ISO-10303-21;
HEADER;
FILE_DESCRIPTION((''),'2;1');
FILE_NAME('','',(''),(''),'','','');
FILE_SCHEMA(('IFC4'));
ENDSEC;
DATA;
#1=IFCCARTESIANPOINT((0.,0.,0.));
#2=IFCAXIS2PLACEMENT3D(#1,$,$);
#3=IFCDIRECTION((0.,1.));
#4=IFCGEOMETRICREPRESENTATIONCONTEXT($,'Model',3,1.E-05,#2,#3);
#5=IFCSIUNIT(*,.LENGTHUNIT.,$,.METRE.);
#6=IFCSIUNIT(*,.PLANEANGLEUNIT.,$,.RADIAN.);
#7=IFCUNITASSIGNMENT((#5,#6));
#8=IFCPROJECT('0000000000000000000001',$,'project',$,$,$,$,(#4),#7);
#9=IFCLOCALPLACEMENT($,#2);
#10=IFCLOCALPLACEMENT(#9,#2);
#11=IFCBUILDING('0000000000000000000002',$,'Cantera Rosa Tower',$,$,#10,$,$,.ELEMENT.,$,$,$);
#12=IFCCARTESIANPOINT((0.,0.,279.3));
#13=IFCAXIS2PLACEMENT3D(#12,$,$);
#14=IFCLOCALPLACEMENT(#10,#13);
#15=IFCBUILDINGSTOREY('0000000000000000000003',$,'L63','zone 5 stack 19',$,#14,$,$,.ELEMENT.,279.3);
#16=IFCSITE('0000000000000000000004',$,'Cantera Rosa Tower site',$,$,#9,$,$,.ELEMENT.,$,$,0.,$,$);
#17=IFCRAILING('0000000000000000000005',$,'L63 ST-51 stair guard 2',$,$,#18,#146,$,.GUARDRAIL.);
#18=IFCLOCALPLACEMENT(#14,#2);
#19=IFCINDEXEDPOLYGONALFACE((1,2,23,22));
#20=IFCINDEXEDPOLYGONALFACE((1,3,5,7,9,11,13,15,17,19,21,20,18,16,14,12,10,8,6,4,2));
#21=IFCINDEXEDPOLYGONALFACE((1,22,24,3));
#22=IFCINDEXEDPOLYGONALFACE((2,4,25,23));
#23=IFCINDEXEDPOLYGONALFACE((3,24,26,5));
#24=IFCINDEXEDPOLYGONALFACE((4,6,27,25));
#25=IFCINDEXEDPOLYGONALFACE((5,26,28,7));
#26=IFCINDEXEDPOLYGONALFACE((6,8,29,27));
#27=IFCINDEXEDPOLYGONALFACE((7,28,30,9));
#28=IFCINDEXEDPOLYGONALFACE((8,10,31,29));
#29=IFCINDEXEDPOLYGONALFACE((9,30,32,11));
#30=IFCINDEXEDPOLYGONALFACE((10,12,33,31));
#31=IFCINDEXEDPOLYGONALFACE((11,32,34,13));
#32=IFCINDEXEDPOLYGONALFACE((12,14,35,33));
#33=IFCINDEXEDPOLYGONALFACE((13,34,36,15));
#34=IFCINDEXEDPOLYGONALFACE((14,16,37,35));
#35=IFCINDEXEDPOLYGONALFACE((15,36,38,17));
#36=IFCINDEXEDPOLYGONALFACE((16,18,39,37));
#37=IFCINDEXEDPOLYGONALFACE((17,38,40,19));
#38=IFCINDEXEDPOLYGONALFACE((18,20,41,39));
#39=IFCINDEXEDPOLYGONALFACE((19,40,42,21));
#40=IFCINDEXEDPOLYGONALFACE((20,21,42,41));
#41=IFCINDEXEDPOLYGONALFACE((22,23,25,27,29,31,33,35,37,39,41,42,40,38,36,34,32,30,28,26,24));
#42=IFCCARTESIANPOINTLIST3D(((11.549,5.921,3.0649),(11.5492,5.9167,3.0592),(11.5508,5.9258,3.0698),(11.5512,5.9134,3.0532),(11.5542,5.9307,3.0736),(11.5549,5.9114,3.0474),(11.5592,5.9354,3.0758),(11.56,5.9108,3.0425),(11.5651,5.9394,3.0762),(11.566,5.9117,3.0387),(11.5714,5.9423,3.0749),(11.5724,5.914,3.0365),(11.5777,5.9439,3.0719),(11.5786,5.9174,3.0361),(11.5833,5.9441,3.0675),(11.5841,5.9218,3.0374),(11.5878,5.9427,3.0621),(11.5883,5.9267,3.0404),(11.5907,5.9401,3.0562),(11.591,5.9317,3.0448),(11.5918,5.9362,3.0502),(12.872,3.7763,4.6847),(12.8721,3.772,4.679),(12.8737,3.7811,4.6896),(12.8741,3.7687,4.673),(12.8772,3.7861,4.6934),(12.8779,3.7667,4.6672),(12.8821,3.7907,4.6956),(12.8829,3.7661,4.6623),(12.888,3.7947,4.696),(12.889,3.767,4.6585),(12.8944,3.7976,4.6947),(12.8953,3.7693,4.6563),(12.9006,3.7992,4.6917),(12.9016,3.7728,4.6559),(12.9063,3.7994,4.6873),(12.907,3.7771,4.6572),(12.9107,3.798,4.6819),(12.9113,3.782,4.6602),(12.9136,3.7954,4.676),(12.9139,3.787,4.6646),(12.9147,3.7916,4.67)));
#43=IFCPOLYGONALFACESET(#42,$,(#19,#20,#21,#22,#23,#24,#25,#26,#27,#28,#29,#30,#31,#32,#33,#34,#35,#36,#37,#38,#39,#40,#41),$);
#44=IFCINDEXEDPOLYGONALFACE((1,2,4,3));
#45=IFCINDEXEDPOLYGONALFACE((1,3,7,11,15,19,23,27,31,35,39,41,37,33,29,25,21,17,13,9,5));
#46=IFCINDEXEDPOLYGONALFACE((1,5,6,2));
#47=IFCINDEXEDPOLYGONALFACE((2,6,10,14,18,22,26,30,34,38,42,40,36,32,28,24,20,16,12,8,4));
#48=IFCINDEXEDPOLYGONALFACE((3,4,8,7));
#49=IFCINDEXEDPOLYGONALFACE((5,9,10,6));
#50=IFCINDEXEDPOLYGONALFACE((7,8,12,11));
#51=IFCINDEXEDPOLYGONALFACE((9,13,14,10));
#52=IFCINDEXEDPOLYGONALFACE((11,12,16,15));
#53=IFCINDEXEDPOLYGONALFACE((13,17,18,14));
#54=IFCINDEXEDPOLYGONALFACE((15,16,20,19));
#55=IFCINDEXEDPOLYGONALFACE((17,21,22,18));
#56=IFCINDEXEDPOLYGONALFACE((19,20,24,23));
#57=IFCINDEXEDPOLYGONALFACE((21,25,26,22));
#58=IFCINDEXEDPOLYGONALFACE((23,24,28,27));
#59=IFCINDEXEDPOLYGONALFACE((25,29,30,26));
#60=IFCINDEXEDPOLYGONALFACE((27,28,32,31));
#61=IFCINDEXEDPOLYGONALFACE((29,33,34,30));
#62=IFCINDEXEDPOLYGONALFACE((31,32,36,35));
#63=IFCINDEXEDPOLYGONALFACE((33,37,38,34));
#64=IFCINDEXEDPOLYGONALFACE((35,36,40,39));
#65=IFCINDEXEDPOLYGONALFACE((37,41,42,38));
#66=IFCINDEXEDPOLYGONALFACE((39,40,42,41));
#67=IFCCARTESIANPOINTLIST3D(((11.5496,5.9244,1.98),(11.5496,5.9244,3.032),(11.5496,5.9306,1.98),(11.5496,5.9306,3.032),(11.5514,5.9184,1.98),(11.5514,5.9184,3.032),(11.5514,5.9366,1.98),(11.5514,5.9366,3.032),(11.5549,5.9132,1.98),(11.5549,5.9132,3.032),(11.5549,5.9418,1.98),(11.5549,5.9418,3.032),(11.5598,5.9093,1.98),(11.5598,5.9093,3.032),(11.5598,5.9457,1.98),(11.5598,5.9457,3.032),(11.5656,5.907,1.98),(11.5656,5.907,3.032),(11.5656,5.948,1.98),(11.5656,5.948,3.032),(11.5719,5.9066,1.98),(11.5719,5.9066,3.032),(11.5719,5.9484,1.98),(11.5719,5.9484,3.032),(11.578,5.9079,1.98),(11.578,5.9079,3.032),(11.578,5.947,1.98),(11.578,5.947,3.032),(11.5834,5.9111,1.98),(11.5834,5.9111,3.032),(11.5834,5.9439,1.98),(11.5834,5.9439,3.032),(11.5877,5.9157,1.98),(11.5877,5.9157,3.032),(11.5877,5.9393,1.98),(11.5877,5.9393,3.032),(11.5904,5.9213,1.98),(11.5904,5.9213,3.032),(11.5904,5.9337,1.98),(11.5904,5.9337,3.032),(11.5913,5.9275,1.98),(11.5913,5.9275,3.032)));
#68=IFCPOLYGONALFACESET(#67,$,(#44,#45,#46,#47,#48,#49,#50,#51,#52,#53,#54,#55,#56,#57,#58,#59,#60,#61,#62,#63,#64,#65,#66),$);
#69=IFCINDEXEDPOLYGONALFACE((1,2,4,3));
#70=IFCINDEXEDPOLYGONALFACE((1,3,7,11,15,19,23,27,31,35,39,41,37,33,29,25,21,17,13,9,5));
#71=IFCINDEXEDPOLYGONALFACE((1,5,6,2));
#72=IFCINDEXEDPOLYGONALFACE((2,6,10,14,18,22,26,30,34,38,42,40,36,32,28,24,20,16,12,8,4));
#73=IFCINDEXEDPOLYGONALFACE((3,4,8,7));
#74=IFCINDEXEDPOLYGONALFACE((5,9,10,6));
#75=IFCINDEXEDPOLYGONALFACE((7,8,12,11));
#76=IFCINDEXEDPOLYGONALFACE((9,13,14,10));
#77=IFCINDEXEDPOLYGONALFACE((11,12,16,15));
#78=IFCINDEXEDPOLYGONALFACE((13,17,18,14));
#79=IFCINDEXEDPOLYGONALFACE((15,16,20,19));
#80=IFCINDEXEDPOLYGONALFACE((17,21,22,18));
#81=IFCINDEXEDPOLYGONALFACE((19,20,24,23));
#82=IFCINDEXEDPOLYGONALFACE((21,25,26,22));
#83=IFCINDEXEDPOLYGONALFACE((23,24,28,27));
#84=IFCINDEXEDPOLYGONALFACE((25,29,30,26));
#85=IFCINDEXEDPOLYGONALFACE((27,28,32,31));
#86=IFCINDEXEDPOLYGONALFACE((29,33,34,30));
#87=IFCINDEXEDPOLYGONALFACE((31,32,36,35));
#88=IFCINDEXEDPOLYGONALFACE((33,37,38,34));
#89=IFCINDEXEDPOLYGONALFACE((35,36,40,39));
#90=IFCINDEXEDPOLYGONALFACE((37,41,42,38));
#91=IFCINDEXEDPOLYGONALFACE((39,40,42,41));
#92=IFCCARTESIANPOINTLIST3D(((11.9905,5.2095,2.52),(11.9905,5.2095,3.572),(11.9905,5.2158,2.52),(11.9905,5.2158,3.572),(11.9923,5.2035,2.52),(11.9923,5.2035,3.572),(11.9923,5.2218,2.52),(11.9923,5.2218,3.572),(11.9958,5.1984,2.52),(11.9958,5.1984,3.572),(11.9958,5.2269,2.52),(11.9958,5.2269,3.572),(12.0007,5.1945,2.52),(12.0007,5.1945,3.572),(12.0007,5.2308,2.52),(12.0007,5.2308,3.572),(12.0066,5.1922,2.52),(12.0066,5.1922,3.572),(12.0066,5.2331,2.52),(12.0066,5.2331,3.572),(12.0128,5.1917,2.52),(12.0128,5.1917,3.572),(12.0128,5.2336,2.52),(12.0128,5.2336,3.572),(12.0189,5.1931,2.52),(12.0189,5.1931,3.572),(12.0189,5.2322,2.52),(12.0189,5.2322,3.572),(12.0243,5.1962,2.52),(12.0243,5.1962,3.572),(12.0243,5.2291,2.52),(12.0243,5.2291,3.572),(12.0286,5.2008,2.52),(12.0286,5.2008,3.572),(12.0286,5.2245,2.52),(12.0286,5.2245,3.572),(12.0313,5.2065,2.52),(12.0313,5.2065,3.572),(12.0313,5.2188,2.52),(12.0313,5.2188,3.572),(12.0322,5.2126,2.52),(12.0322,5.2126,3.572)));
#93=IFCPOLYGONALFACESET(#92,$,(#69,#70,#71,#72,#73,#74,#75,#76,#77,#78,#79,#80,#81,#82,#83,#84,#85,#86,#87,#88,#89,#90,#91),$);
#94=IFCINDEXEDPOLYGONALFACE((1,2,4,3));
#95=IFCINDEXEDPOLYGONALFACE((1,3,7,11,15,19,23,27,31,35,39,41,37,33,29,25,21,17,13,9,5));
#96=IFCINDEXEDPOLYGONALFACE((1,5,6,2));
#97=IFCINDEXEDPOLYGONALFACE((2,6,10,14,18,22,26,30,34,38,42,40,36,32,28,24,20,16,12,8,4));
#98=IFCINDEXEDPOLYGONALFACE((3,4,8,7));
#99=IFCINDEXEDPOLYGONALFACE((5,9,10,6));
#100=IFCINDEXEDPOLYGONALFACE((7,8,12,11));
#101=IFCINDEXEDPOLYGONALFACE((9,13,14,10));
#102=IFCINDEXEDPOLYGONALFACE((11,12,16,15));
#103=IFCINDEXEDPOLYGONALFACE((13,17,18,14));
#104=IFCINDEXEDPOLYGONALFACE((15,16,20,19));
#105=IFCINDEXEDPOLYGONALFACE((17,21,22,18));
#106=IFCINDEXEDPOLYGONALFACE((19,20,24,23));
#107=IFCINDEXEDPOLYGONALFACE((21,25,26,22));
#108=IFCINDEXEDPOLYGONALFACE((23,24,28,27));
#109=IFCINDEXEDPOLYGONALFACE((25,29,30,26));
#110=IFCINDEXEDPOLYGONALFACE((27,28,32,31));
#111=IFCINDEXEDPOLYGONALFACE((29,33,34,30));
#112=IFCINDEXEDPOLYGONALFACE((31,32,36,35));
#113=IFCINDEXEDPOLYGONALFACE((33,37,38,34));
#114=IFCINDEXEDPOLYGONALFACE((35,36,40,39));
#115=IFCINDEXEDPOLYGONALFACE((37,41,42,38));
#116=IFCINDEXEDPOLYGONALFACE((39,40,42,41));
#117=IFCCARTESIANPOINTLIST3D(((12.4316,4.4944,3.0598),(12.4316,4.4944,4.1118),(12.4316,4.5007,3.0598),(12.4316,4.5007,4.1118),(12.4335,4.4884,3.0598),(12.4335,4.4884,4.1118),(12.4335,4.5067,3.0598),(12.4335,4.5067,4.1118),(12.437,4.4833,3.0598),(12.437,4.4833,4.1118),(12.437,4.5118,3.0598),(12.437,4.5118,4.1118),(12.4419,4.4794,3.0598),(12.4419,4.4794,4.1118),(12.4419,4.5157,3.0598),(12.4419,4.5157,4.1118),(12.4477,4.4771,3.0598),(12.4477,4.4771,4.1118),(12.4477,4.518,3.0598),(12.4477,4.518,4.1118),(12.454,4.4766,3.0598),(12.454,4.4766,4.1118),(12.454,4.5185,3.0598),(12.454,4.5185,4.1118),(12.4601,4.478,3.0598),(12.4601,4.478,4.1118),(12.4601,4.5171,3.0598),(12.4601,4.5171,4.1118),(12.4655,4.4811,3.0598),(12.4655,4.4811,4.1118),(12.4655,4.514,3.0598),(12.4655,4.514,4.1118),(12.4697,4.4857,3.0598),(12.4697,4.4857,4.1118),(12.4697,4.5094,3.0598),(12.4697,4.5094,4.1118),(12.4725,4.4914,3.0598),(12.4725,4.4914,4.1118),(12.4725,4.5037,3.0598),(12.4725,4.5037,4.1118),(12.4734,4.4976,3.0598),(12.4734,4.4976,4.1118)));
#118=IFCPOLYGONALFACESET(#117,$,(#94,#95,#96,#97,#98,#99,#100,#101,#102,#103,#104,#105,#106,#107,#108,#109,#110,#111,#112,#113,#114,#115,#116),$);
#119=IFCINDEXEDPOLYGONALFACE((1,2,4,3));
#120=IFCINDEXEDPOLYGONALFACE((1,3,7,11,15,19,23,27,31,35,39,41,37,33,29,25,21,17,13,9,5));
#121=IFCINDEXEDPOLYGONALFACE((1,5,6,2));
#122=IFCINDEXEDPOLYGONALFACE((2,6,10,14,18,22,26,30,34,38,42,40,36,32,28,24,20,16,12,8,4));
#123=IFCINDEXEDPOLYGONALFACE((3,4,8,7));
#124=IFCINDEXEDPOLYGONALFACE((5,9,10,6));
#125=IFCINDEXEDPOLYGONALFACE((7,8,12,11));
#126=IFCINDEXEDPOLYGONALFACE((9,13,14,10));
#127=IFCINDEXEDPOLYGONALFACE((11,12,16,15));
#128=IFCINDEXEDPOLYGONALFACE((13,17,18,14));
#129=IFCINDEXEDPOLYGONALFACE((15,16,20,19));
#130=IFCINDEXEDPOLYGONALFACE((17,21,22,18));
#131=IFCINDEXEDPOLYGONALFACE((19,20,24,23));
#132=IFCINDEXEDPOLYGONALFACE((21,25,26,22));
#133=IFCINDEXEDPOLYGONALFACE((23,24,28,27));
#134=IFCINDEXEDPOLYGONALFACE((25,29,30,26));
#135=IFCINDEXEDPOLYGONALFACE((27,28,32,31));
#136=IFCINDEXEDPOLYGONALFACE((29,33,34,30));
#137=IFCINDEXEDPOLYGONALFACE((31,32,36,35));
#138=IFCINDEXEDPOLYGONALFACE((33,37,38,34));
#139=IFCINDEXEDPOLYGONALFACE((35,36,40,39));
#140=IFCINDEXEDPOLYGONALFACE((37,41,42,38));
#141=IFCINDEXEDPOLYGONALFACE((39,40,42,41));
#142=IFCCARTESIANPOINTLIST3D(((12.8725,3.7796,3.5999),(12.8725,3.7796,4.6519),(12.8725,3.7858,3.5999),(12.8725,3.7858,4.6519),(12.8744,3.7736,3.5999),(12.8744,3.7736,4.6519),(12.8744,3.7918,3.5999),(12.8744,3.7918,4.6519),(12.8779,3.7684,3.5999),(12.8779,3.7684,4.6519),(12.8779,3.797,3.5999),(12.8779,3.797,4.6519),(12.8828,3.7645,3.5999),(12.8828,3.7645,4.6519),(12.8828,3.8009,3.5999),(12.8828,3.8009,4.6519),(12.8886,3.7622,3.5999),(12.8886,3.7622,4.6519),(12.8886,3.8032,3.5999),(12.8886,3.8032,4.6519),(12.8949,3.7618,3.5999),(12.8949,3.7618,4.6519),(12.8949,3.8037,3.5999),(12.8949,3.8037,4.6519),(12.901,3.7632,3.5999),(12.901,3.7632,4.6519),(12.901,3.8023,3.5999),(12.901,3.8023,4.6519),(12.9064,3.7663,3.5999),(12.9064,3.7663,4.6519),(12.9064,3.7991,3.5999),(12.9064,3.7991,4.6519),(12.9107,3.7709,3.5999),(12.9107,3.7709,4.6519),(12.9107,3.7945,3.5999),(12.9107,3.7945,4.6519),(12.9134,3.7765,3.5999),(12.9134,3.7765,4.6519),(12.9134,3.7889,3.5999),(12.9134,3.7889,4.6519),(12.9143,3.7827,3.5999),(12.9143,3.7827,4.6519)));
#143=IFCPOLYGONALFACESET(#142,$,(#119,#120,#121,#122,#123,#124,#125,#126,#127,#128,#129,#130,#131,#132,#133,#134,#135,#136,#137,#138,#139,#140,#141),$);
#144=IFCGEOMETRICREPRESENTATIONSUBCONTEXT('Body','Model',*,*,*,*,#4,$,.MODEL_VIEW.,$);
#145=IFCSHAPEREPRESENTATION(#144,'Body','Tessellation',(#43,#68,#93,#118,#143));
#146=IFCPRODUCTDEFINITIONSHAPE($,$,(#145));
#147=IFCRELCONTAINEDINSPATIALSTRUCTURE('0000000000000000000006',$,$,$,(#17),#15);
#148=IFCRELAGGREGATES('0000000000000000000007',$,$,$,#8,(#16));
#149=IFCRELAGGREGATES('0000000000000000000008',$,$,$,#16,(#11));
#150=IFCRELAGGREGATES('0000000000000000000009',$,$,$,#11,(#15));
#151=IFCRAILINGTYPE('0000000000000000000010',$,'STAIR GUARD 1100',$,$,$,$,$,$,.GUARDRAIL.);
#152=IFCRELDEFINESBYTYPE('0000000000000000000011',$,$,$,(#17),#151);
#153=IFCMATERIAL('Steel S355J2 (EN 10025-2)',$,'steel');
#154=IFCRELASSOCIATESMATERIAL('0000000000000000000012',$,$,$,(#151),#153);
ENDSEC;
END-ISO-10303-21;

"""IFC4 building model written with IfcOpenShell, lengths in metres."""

from ifc_helpers import new_model, si_unit, direction, frame, origin, origin_2d, place, context, subcontext, project, spatial, circle, extrude, material, type_object, element, save


model = new_model("IFC4")

# Units and contexts
model_context = context("Model", 3, precision=1e-05, world=origin(), true_north=direction((0.0, 1.0)))
body_context = subcontext(model_context, "Body", "Model", "MODEL_VIEW")
ifc_project = project(units=[si_unit("LENGTHUNIT", "METRE"), si_unit("PLANEANGLEUNIT", "RADIAN")], contexts=[model_context])

# Site, building, storey
site_placement = place(None, origin())
site = spatial("IfcSite", under=ifc_project, at=site_placement, Name="Cantera Rosa Tower site", CompositionType="ELEMENT", RefElevation=0.0)
building_placement = place(site_placement, origin())
building = spatial("IfcBuilding", under=site, at=building_placement, Name="Cantera Rosa Tower", CompositionType="ELEMENT")
storey_placement = place(building_placement, frame((0.0, 0.0, 279.3)))
storey = spatial("IfcBuildingStorey", under=building, at=storey_placement, Name="L63", Description="zone 5 stack 19", CompositionType="ELEMENT", Elevation=279.3)

# Railing
ifc_material_1 = material(Name="Steel S355J2 (EN 10025-2)", Category="steel")
railing_type_1 = type_object("IfcRailingType", Name="STAIR GUARD 1100", PredefinedType="GUARDRAIL", material=ifc_material_1)
railing_1_placement = place(storey_placement, frame((11.5703, 5.9275, 1.98)))
element("IfcRailing", 1, at=railing_1_placement, inside=storey, type_object=railing_type_1, Name="L63 ST-51 stair guard 2", PredefinedType="GUARDRAIL", context=body_context, shape_type="SweptSolid", body=[
    extrude(circle(Radius=0.0239, at=origin_2d()), frame((0.0, 0.0, 1.0762), z_axis=(0.441629, -0.715945, 0.540728), x_axis=(0.851102, 0.525, 0.0)), (0.0, 0.0, 1.0), 2.9956),
    extrude(circle(Radius=0.021, at=origin_2d()), origin(), (0.0, 0.0, 1.0), 1.052),
    extrude(circle(Radius=0.021, at=origin_2d()), frame((0.4409, -0.7148, 0.54)), (0.0, 0.0, 1.0), 1.052),
    extrude(circle(Radius=0.021, at=origin_2d()), frame((0.8821, -1.4299, 1.0798)), (0.0, 0.0, 1.0), 1.052),
    extrude(circle(Radius=0.021, at=origin_2d()), frame((1.323, -2.1448, 1.6199)), (0.0, 0.0, 1.0), 1.052),
])

save(model, "model.ifc")
